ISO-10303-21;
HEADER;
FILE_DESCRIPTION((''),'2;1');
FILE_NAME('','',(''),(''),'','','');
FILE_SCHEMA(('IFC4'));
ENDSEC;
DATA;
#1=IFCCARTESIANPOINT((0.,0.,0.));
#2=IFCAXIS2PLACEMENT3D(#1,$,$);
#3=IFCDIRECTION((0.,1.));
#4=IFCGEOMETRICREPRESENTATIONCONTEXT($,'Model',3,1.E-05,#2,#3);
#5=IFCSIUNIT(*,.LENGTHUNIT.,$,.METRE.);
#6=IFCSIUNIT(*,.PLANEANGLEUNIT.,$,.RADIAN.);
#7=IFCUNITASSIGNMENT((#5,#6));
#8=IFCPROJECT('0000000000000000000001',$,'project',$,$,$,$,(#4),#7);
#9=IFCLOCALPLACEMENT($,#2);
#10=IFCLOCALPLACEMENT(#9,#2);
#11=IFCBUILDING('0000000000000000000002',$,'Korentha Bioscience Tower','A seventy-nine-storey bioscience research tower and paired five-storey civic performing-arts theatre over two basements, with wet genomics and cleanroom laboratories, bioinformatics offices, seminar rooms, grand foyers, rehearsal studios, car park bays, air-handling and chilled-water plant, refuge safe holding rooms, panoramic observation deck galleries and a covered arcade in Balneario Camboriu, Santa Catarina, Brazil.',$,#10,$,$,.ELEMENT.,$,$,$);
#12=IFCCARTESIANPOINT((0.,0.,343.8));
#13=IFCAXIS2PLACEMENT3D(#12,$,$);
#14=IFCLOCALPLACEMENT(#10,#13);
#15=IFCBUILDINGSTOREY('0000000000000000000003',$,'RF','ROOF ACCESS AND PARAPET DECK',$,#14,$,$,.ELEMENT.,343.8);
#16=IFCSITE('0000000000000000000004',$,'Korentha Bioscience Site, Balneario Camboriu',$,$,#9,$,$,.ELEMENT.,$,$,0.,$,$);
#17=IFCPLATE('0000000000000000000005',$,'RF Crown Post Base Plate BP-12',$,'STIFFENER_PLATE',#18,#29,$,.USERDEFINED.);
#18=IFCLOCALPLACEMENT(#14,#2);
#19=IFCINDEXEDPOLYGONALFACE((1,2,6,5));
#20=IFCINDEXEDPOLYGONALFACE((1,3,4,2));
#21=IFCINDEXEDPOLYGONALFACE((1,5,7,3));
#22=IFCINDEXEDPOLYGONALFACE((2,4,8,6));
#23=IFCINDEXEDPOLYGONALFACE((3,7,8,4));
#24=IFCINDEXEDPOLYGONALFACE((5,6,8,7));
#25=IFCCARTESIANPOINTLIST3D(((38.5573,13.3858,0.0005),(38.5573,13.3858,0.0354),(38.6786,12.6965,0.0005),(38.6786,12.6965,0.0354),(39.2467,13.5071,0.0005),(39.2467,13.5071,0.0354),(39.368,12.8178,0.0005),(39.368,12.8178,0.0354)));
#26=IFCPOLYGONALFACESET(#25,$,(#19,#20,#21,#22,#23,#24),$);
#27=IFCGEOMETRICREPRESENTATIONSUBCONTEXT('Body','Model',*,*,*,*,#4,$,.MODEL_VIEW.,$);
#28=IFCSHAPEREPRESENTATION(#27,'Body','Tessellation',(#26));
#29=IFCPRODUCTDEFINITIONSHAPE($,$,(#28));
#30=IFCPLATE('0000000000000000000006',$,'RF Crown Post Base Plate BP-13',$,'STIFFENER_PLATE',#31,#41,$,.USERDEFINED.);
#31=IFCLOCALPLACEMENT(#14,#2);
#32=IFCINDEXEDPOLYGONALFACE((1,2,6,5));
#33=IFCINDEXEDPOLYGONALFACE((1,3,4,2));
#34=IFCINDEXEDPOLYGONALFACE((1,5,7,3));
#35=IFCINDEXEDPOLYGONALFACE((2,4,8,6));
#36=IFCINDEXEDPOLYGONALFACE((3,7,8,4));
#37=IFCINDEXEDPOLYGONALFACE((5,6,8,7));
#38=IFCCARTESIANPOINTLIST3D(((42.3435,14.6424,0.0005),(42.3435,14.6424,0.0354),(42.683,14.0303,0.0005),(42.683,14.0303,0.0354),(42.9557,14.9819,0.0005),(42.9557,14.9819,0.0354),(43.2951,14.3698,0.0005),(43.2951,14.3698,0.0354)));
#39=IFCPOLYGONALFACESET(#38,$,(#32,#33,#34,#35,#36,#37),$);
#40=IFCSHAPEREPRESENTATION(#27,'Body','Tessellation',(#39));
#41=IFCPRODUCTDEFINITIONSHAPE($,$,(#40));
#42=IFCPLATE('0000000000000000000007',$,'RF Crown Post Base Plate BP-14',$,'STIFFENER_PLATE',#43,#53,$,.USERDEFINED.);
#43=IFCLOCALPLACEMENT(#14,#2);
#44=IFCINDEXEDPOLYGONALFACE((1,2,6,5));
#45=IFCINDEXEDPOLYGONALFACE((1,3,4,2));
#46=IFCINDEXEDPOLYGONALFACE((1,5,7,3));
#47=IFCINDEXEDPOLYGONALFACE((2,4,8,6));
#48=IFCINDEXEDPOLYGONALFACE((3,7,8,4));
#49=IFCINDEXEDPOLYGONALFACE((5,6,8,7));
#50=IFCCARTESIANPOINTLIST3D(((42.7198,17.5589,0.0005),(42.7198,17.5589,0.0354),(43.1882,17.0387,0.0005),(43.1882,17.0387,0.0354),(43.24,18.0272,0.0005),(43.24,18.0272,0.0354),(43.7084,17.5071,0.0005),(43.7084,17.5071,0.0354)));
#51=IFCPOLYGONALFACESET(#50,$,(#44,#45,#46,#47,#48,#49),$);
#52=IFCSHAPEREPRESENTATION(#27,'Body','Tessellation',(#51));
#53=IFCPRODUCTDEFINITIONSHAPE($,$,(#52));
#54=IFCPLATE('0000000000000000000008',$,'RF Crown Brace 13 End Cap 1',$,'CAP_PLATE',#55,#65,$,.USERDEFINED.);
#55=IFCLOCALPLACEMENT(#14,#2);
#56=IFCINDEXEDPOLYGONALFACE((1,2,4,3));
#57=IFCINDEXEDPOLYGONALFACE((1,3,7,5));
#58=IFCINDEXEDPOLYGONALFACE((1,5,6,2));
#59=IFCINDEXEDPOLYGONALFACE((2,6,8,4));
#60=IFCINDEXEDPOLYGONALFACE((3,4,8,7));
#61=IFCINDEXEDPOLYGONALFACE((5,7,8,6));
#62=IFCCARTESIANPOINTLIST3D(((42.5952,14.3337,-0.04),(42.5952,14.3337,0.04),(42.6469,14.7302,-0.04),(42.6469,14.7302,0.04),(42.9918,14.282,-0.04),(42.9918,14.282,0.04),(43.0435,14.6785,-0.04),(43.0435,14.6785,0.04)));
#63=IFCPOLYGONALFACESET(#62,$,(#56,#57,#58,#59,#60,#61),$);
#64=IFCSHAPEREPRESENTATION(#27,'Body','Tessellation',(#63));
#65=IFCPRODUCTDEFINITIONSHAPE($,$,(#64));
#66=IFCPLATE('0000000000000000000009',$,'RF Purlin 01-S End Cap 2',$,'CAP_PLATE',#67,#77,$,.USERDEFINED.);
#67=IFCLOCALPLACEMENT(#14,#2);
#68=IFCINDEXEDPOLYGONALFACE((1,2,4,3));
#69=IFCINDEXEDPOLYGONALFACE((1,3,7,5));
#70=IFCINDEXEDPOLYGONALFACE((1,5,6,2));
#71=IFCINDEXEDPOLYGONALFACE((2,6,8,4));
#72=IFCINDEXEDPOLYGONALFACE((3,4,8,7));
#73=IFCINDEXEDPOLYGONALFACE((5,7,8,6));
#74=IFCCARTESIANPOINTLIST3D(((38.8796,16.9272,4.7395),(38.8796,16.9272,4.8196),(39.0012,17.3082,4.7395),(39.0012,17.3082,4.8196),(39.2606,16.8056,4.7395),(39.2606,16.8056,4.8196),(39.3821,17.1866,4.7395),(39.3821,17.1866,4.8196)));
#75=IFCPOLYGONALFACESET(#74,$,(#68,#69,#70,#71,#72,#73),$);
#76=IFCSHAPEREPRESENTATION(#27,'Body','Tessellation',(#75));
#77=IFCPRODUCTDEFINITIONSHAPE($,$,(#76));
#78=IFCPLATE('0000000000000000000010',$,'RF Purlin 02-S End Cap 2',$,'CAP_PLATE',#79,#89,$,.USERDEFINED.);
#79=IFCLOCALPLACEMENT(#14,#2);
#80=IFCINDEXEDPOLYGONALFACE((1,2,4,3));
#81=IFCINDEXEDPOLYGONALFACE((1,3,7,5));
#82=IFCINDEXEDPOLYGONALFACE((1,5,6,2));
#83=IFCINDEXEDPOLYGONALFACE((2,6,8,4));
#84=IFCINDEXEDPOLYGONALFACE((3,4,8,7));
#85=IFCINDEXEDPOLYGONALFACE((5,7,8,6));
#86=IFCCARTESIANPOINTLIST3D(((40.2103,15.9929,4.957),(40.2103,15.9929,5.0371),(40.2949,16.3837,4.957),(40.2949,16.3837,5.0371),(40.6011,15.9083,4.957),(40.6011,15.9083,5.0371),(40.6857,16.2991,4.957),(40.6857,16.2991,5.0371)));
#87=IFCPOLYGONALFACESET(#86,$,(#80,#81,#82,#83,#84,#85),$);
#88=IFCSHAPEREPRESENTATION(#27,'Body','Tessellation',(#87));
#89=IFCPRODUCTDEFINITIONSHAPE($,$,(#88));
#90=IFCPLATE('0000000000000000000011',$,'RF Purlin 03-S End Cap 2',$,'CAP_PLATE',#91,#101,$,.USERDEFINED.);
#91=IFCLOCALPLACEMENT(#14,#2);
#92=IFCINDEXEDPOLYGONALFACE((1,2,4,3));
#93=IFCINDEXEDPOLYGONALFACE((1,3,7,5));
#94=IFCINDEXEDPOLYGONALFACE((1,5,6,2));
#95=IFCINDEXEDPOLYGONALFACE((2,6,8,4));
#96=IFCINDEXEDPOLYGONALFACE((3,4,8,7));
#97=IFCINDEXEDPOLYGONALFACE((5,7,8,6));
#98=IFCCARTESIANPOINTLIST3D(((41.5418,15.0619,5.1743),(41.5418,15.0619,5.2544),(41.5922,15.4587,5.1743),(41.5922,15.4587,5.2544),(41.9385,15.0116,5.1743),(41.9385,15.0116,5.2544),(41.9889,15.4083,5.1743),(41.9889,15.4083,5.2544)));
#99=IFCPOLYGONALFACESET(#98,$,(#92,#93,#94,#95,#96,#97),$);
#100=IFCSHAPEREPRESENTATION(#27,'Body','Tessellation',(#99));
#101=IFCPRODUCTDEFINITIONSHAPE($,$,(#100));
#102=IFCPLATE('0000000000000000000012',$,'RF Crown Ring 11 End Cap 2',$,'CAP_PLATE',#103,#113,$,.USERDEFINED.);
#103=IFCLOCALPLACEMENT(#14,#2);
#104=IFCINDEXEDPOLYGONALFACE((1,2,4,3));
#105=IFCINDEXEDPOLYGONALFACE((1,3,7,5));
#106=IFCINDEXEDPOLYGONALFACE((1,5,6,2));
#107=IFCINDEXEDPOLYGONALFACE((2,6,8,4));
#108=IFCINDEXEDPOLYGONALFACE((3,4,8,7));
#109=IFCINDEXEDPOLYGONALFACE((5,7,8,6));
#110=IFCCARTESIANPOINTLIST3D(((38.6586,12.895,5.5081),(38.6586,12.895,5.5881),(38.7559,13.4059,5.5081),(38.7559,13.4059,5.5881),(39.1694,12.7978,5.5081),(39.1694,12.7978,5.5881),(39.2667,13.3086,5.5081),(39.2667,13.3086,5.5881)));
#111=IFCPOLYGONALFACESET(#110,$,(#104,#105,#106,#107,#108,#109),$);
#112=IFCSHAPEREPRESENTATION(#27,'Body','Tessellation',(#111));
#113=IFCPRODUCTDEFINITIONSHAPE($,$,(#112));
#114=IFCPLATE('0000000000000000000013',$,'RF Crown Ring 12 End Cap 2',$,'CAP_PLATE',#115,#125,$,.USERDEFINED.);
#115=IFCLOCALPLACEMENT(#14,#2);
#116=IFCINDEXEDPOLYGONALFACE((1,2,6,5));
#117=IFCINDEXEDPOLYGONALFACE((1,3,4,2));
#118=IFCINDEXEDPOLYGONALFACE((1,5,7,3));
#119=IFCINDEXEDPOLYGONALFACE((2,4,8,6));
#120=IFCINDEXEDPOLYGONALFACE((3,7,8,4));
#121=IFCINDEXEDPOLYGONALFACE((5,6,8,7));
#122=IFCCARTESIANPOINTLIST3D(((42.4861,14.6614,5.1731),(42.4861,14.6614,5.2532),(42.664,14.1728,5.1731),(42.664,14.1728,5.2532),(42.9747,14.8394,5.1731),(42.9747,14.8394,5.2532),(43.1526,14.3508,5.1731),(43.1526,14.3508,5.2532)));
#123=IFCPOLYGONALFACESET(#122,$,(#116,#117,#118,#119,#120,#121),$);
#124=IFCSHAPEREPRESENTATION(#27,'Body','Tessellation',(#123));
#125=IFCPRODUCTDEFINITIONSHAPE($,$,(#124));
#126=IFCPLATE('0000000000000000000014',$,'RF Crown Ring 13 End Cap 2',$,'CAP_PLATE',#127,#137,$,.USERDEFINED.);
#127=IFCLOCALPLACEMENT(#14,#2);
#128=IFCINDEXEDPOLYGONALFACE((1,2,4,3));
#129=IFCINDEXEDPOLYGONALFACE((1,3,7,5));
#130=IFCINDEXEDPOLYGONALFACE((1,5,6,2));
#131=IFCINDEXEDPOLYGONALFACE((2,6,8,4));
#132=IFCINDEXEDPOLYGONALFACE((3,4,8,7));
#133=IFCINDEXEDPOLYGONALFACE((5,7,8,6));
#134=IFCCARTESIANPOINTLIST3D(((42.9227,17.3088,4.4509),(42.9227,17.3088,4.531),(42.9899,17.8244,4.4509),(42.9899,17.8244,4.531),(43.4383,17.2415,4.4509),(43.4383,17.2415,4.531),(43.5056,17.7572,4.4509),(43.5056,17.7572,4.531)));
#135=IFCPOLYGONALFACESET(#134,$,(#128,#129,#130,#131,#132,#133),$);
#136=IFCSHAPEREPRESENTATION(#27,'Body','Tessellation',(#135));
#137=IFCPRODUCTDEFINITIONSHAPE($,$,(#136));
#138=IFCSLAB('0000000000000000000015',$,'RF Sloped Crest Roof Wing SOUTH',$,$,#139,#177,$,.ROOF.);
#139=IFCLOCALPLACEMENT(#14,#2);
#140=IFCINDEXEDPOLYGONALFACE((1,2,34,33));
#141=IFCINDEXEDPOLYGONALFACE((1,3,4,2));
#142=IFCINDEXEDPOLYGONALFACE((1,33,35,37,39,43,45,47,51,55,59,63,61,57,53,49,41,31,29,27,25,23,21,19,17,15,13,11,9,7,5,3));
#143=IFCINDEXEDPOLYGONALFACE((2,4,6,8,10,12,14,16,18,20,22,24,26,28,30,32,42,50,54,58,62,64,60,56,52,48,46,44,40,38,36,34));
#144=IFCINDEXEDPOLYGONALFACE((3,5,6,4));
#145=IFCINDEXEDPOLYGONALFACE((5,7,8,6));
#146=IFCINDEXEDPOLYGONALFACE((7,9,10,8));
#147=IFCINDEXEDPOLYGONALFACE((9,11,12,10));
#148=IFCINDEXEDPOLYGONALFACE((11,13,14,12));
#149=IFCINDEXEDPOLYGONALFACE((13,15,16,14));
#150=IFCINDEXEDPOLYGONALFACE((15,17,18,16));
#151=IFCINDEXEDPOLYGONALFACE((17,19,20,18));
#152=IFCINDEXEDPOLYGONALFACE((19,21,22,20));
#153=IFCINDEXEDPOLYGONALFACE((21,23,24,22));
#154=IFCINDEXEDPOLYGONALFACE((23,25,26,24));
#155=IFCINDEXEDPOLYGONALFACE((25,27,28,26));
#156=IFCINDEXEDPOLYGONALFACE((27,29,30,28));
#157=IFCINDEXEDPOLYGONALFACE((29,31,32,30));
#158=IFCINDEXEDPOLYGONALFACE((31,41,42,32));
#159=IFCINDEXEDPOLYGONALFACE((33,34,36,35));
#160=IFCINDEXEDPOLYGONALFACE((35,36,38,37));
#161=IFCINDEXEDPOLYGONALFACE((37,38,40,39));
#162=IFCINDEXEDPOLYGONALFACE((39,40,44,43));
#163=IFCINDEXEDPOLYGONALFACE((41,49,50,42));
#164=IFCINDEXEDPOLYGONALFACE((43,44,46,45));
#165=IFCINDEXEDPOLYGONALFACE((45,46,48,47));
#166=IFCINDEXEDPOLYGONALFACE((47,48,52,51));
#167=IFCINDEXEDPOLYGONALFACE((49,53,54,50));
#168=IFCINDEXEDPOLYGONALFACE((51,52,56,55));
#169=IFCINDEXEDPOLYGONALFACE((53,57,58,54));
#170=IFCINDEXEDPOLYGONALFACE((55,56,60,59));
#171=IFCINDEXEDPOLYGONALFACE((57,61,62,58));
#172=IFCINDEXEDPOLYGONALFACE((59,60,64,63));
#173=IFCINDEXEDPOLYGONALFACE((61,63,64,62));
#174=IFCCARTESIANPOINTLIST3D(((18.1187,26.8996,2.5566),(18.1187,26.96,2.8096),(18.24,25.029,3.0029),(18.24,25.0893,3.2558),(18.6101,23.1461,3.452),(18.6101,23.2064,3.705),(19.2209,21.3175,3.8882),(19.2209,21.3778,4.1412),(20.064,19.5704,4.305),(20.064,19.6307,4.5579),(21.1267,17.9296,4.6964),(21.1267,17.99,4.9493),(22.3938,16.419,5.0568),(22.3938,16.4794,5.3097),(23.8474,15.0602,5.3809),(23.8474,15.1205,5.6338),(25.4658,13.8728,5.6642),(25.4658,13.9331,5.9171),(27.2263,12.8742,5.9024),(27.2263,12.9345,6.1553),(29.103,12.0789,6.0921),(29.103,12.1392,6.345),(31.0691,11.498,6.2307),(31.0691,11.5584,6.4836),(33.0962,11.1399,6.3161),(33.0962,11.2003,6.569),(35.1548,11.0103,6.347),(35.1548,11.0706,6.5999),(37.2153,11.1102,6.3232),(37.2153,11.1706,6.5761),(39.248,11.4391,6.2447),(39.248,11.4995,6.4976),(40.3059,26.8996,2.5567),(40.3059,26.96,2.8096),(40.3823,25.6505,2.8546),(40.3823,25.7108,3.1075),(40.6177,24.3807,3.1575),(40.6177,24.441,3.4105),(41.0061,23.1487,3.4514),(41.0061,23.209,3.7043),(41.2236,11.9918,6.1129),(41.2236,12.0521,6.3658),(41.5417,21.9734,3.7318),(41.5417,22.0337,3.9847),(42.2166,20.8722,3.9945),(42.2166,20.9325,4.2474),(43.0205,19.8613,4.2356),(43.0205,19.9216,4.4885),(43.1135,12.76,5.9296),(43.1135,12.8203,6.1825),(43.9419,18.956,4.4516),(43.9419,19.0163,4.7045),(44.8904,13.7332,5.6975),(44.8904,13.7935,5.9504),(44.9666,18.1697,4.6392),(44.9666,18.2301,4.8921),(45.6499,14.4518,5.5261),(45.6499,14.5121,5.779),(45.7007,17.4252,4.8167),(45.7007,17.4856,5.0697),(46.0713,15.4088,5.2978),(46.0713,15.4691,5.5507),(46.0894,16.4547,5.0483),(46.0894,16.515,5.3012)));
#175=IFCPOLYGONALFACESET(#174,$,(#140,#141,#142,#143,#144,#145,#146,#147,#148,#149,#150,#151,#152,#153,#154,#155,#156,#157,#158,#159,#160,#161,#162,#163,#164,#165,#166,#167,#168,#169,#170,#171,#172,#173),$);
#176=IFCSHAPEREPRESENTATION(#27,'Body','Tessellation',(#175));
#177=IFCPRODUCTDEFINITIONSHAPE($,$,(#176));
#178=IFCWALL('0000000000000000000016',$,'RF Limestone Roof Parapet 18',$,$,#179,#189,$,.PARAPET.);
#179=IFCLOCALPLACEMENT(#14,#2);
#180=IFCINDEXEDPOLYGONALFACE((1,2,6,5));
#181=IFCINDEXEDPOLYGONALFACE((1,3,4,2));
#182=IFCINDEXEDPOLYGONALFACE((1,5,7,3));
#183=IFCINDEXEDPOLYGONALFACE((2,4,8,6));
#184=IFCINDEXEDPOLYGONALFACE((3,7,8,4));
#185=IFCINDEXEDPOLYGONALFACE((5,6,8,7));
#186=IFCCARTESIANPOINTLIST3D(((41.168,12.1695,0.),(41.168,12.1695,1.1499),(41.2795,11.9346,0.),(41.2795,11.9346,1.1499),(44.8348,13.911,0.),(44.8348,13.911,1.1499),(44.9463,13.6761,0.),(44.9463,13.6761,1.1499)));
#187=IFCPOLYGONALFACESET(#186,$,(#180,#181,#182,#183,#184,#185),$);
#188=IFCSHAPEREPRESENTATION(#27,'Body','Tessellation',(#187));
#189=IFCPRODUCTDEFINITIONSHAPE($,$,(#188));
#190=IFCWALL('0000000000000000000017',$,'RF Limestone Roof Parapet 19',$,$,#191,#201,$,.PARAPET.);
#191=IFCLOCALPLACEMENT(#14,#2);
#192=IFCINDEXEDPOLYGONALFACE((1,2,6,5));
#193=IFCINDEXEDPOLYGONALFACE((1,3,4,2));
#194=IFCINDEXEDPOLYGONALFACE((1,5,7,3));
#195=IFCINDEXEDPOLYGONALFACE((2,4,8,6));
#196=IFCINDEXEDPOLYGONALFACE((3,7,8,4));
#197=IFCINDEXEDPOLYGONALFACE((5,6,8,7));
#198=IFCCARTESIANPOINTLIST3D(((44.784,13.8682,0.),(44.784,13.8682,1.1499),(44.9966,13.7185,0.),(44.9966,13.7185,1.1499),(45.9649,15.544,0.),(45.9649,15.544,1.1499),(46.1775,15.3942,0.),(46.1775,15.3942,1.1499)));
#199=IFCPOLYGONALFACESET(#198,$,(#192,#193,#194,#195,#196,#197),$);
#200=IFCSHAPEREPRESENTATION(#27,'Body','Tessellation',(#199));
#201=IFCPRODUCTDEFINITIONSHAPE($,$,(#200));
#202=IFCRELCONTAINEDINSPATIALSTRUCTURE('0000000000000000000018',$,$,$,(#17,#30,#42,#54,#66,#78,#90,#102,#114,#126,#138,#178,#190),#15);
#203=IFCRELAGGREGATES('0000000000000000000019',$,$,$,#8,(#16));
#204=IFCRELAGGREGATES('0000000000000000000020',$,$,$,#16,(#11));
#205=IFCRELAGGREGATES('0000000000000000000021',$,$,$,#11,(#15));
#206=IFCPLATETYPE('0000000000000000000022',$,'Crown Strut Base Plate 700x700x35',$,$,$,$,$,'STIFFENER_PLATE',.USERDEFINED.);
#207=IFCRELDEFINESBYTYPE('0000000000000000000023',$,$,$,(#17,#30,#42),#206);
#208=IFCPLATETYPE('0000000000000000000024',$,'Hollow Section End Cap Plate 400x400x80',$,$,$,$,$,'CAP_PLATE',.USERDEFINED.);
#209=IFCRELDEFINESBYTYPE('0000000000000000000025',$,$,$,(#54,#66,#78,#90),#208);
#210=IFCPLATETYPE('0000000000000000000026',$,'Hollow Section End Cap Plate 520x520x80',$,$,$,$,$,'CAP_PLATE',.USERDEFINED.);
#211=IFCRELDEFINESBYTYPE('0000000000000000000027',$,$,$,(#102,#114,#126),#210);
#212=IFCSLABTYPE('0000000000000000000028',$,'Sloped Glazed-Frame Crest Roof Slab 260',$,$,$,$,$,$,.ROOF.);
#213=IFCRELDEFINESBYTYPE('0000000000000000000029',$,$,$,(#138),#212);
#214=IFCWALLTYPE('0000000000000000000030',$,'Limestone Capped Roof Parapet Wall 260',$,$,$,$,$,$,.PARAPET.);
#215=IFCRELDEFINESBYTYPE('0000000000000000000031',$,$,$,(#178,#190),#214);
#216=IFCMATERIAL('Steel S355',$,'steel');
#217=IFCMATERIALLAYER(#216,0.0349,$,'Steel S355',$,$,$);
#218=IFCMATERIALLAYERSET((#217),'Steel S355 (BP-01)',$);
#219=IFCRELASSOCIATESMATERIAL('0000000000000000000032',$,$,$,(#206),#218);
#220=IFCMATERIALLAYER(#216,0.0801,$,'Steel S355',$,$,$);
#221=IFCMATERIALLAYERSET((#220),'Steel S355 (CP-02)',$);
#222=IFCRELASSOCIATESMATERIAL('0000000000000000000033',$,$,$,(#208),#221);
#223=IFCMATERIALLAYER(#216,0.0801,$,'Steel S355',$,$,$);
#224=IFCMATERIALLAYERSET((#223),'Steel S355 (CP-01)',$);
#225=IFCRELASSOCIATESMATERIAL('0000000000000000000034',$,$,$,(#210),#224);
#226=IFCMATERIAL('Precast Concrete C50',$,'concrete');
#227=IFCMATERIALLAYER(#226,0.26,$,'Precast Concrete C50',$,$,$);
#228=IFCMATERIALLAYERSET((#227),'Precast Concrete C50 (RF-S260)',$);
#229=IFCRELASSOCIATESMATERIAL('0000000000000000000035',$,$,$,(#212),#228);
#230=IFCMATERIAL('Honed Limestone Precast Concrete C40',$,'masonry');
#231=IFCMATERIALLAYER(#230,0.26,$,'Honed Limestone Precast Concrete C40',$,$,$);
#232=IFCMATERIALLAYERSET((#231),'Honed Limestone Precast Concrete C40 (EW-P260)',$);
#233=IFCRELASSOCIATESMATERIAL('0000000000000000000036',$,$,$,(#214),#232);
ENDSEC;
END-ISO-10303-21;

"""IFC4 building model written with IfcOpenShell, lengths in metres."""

from ifc_helpers import new_model, si_unit, direction, frame, frame_2d, origin, origin_2d, place, context, subcontext, project, spatial, polyline, rectangle, outline, extrude, material, layer, layer_set, type_object, element, save


model = new_model("IFC4")

# Units and contexts
model_context = context("Model", 3, precision=1e-05, world=origin(), true_north=direction((0.0, 1.0)))
body_context = subcontext(model_context, "Body", "Model", "MODEL_VIEW")
ifc_project = project(units=[si_unit("LENGTHUNIT", "METRE"), si_unit("PLANEANGLEUNIT", "RADIAN")], contexts=[model_context])

# Site, building, storey
site_placement = place(None, origin())
site = spatial("IfcSite", under=ifc_project, at=site_placement, Name="Korentha Bioscience Site, Balneario Camboriu", CompositionType="ELEMENT", RefElevation=0.0)
building_placement = place(site_placement, origin())
building = spatial("IfcBuilding", under=site, at=building_placement, Name="Korentha Bioscience Tower", Description="A seventy-nine-storey bioscience research tower and paired five-storey civic performing-arts theatre over two basements, with wet genomics and cleanroom laboratories, bioinformatics offices, seminar rooms, grand foyers, rehearsal studios, car park bays, air-handling and chilled-water plant, refuge safe holding rooms, panoramic observation deck galleries and a covered arcade in Balneario Camboriu, Santa Catarina, Brazil.", CompositionType="ELEMENT")
storey_placement = place(building_placement, frame((0.0, 0.0, 343.8)))
storey = spatial("IfcBuildingStorey", under=building, at=storey_placement, Name="RF", Description="ROOF ACCESS AND PARAPET DECK", CompositionType="ELEMENT", Elevation=343.8)

# Shared definitions
ifc_material_1 = material(Name="Steel S355", Category="steel")

# Plates
ifc_layer_1 = layer(ifc_material_1, 0.0349, Name="Steel S355")
ifc_layer_set_1 = layer_set([ifc_layer_1], Name="Steel S355 (BP-01)")
plate_type_1 = type_object("IfcPlateType", Name="Crown Strut Base Plate 700x700x35", ElementType="STIFFENER_PLATE", PredefinedType="USERDEFINED", material=ifc_layer_set_1)
for number, where, z_axis, x_axis, name in (
    (1, (38.9626, 13.1018, 0.0005), (0.0, 0.0, 1.0), (0.984868, 0.173304, 0.0), "RF Crown Post Base Plate BP-12"),
    (2, (42.8193, 14.5061, 0.0005), (0.0, 0.0, 1.0), (0.874535, 0.484962, 0.0), "RF Crown Post Base Plate BP-13"),
    (3, (43.2141, 17.533, 0.0005), (0.0, 0.0, 1.0), (-0.669131, 0.743145, 0.0), "RF Crown Post Base Plate BP-14"),
):
    element("IfcPlate", number, at=place(storey_placement, frame(where, z_axis=z_axis, x_axis=x_axis)), inside=storey, type_object=plate_type_1, Name=name, ObjectType="STIFFENER_PLATE", PredefinedType="USERDEFINED", context=body_context, shape_type="SweptSolid", body=[
        extrude(rectangle(XDim=0.7, YDim=0.7, at=origin_2d()), origin(), (0.0, 0.0, 1.0), 0.0349),
    ])
ifc_layer_2 = layer(ifc_material_1, 0.0801, Name="Steel S355")
ifc_layer_set_2 = layer_set([ifc_layer_2], Name="Steel S355 (CP-02)")
plate_type_2 = type_object("IfcPlateType", Name="Hollow Section End Cap Plate 400x400x80", ElementType="CAP_PLATE", PredefinedType="USERDEFINED", material=ifc_layer_set_2)
for number, where, z_axis, x_axis, name in (
    (4, (42.8193, 14.5061, -0.04), (0.0, 0.0, 1.0), (0.129315, 0.991604, 0.0), "RF Crown Brace 13 End Cap 1"),
    (5, (39.1309, 17.0569, 4.7395), (0.0, 0.0, 1.0), (-0.952661, 0.304033, 0.0), "RF Purlin 01-S End Cap 2"),
    (6, (40.448, 16.146, 4.957), (0.0, 0.0, 1.0), (-0.977379, 0.211495, 0.0), "RF Purlin 02-S End Cap 2"),
    (7, (41.7654, 15.2351, 5.1743), (0.0, 0.0, 1.0), (-0.992027, 0.126026, 0.0), "RF Purlin 03-S End Cap 2"),
):
    element("IfcPlate", number, at=place(storey_placement, frame(where, z_axis=z_axis, x_axis=x_axis)), inside=storey, type_object=plate_type_2, Name=name, ObjectType="CAP_PLATE", PredefinedType="USERDEFINED", context=body_context, shape_type="SweptSolid", body=[
        extrude(rectangle(XDim=0.3999, YDim=0.3999, at=origin_2d()), origin(), (0.0, 0.0, 1.0), 0.0801),
    ])
ifc_layer_3 = layer(ifc_material_1, 0.0801, Name="Steel S355")
ifc_layer_set_3 = layer_set([ifc_layer_3], Name="Steel S355 (CP-01)")
plate_type_3 = type_object("IfcPlateType", Name="Hollow Section End Cap Plate 520x520x80", ElementType="CAP_PLATE", PredefinedType="USERDEFINED", material=ifc_layer_set_3)
for number, where, z_axis, x_axis, name in (
    (8, (38.9626, 13.1018, 5.5081), (0.0, 0.0, 1.0), (-0.982353, 0.187038, 0.0), "RF Crown Ring 11 End Cap 2"),
    (9, (42.8193, 14.5061, 5.1731), (0.0, 0.0, 1.0), (0.939633, 0.342184, 0.0), "RF Crown Ring 12 End Cap 2"),
    (10, (43.2141, 17.533, 4.4509), (0.0, 0.0, 1.0), (0.129315, 0.991604, 0.0), "RF Crown Ring 13 End Cap 2"),
):
    element("IfcPlate", number, at=place(storey_placement, frame(where, z_axis=z_axis, x_axis=x_axis)), inside=storey, type_object=plate_type_3, Name=name, ObjectType="CAP_PLATE", PredefinedType="USERDEFINED", context=body_context, shape_type="SweptSolid", body=[
        extrude(rectangle(XDim=0.52, YDim=0.52, at=origin_2d()), origin(), (0.0, 0.0, 1.0), 0.0801),
    ])

# Slab
ifc_material_2 = material(Name="Precast Concrete C50", Category="concrete")
ifc_layer_4 = layer(ifc_material_2, 0.26, Name="Precast Concrete C50")
ifc_layer_set_4 = layer_set([ifc_layer_4], Name="Precast Concrete C50 (RF-S260)")
slab_type = type_object("IfcSlabType", Name="Sloped Glazed-Frame Crest Roof Slab 260", PredefinedType="ROOF", material=ifc_layer_set_4)
slab_placement = place(storey_placement, frame((40.3059, 26.96, 2.8096), z_axis=(-0.000001, 0.232036, 0.972707), x_axis=(-1.0, 0.0, -0.000001)))
element("IfcSlab", 11, at=slab_placement, inside=storey, type_object=slab_type, Name="RF Sloped Crest Roof Wing SOUTH", PredefinedType="ROOF", context=body_context, shape_type="SweptSolid", body=[
    extrude(outline(polyline([(0.0, 0.0), (22.1873, 0.0), (22.0659, 1.9231), (21.6958, 3.8589), (21.085, 5.7388), (20.2419, 7.5349), (19.1792, 9.2217), (17.9121, 10.7747), (16.4585, 12.1716), (14.8401, 13.3923), (13.0796, 14.4189), (11.2029, 15.2366), (9.2368, 15.8337), (7.2097, 16.2019), (5.1511, 16.3352), (3.0906, 16.2324), (1.0579, 15.8943), (-0.9177, 15.3262), (-2.8076, 14.5364), (-4.5845, 13.5359), (-5.344, 12.7971), (-5.7654, 11.8132), (-5.7834, 10.738), (-5.3948, 9.7402), (-4.6606, 8.9749), (-3.636, 8.1665), (-2.7146, 7.2358), (-1.9106, 6.1965), (-1.2358, 5.0645), (-0.7002, 3.8562), (-0.3118, 2.5896), (-0.0764, 1.2842), (0.0, 0.0)])), origin(), (0.0, 0.0, -1.0), 0.26),
])

# Walls
ifc_material_3 = material(Name="Honed Limestone Precast Concrete C40", Category="masonry")
ifc_layer_5 = layer(ifc_material_3, 0.26, Name="Honed Limestone Precast Concrete C40")
ifc_layer_set_5 = layer_set([ifc_layer_5], Name="Honed Limestone Precast Concrete C40 (EW-P260)")
wall_type = type_object("IfcWallType", Name="Limestone Capped Roof Parapet Wall 260", PredefinedType="PARAPET", material=ifc_layer_set_5)
wall_1_placement = place(storey_placement, frame((41.2236, 12.052, 0.0), z_axis=(0.0, 0.0, 1.0), x_axis=(0.903301, 0.429007, 0.0)))
element("IfcWall", 12, at=wall_1_placement, inside=storey, type_object=wall_type, Name="RF Limestone Roof Parapet 18", PredefinedType="PARAPET", context=body_context, shape_type="SweptSolid", body=[
    extrude(rectangle(XDim=4.0593, YDim=0.26, at=frame_2d((2.0298, 0.0))), origin(), (0.0, 0.0, 1.0), 1.1499),
])
for number, where, z_axis, x_axis, name in (
    (13, (44.8904, 13.7935, 0.0), (0.0, 0.0, 1.0), (0.576033, 0.817426, 0.0), "RF Limestone Roof Parapet 19"),
):
    element("IfcWall", number, at=place(storey_placement, frame(where, z_axis=z_axis, x_axis=x_axis)), inside=storey, type_object=wall_type, Name=name, PredefinedType="PARAPET", context=body_context, shape_type="SweptSolid", body=[
        extrude(rectangle(XDim=2.05, YDim=0.26, at=frame_2d((1.0249, 0.0))), origin(), (0.0, 0.0, 1.0), 1.1499),
    ])

save(model, "model.ifc")
